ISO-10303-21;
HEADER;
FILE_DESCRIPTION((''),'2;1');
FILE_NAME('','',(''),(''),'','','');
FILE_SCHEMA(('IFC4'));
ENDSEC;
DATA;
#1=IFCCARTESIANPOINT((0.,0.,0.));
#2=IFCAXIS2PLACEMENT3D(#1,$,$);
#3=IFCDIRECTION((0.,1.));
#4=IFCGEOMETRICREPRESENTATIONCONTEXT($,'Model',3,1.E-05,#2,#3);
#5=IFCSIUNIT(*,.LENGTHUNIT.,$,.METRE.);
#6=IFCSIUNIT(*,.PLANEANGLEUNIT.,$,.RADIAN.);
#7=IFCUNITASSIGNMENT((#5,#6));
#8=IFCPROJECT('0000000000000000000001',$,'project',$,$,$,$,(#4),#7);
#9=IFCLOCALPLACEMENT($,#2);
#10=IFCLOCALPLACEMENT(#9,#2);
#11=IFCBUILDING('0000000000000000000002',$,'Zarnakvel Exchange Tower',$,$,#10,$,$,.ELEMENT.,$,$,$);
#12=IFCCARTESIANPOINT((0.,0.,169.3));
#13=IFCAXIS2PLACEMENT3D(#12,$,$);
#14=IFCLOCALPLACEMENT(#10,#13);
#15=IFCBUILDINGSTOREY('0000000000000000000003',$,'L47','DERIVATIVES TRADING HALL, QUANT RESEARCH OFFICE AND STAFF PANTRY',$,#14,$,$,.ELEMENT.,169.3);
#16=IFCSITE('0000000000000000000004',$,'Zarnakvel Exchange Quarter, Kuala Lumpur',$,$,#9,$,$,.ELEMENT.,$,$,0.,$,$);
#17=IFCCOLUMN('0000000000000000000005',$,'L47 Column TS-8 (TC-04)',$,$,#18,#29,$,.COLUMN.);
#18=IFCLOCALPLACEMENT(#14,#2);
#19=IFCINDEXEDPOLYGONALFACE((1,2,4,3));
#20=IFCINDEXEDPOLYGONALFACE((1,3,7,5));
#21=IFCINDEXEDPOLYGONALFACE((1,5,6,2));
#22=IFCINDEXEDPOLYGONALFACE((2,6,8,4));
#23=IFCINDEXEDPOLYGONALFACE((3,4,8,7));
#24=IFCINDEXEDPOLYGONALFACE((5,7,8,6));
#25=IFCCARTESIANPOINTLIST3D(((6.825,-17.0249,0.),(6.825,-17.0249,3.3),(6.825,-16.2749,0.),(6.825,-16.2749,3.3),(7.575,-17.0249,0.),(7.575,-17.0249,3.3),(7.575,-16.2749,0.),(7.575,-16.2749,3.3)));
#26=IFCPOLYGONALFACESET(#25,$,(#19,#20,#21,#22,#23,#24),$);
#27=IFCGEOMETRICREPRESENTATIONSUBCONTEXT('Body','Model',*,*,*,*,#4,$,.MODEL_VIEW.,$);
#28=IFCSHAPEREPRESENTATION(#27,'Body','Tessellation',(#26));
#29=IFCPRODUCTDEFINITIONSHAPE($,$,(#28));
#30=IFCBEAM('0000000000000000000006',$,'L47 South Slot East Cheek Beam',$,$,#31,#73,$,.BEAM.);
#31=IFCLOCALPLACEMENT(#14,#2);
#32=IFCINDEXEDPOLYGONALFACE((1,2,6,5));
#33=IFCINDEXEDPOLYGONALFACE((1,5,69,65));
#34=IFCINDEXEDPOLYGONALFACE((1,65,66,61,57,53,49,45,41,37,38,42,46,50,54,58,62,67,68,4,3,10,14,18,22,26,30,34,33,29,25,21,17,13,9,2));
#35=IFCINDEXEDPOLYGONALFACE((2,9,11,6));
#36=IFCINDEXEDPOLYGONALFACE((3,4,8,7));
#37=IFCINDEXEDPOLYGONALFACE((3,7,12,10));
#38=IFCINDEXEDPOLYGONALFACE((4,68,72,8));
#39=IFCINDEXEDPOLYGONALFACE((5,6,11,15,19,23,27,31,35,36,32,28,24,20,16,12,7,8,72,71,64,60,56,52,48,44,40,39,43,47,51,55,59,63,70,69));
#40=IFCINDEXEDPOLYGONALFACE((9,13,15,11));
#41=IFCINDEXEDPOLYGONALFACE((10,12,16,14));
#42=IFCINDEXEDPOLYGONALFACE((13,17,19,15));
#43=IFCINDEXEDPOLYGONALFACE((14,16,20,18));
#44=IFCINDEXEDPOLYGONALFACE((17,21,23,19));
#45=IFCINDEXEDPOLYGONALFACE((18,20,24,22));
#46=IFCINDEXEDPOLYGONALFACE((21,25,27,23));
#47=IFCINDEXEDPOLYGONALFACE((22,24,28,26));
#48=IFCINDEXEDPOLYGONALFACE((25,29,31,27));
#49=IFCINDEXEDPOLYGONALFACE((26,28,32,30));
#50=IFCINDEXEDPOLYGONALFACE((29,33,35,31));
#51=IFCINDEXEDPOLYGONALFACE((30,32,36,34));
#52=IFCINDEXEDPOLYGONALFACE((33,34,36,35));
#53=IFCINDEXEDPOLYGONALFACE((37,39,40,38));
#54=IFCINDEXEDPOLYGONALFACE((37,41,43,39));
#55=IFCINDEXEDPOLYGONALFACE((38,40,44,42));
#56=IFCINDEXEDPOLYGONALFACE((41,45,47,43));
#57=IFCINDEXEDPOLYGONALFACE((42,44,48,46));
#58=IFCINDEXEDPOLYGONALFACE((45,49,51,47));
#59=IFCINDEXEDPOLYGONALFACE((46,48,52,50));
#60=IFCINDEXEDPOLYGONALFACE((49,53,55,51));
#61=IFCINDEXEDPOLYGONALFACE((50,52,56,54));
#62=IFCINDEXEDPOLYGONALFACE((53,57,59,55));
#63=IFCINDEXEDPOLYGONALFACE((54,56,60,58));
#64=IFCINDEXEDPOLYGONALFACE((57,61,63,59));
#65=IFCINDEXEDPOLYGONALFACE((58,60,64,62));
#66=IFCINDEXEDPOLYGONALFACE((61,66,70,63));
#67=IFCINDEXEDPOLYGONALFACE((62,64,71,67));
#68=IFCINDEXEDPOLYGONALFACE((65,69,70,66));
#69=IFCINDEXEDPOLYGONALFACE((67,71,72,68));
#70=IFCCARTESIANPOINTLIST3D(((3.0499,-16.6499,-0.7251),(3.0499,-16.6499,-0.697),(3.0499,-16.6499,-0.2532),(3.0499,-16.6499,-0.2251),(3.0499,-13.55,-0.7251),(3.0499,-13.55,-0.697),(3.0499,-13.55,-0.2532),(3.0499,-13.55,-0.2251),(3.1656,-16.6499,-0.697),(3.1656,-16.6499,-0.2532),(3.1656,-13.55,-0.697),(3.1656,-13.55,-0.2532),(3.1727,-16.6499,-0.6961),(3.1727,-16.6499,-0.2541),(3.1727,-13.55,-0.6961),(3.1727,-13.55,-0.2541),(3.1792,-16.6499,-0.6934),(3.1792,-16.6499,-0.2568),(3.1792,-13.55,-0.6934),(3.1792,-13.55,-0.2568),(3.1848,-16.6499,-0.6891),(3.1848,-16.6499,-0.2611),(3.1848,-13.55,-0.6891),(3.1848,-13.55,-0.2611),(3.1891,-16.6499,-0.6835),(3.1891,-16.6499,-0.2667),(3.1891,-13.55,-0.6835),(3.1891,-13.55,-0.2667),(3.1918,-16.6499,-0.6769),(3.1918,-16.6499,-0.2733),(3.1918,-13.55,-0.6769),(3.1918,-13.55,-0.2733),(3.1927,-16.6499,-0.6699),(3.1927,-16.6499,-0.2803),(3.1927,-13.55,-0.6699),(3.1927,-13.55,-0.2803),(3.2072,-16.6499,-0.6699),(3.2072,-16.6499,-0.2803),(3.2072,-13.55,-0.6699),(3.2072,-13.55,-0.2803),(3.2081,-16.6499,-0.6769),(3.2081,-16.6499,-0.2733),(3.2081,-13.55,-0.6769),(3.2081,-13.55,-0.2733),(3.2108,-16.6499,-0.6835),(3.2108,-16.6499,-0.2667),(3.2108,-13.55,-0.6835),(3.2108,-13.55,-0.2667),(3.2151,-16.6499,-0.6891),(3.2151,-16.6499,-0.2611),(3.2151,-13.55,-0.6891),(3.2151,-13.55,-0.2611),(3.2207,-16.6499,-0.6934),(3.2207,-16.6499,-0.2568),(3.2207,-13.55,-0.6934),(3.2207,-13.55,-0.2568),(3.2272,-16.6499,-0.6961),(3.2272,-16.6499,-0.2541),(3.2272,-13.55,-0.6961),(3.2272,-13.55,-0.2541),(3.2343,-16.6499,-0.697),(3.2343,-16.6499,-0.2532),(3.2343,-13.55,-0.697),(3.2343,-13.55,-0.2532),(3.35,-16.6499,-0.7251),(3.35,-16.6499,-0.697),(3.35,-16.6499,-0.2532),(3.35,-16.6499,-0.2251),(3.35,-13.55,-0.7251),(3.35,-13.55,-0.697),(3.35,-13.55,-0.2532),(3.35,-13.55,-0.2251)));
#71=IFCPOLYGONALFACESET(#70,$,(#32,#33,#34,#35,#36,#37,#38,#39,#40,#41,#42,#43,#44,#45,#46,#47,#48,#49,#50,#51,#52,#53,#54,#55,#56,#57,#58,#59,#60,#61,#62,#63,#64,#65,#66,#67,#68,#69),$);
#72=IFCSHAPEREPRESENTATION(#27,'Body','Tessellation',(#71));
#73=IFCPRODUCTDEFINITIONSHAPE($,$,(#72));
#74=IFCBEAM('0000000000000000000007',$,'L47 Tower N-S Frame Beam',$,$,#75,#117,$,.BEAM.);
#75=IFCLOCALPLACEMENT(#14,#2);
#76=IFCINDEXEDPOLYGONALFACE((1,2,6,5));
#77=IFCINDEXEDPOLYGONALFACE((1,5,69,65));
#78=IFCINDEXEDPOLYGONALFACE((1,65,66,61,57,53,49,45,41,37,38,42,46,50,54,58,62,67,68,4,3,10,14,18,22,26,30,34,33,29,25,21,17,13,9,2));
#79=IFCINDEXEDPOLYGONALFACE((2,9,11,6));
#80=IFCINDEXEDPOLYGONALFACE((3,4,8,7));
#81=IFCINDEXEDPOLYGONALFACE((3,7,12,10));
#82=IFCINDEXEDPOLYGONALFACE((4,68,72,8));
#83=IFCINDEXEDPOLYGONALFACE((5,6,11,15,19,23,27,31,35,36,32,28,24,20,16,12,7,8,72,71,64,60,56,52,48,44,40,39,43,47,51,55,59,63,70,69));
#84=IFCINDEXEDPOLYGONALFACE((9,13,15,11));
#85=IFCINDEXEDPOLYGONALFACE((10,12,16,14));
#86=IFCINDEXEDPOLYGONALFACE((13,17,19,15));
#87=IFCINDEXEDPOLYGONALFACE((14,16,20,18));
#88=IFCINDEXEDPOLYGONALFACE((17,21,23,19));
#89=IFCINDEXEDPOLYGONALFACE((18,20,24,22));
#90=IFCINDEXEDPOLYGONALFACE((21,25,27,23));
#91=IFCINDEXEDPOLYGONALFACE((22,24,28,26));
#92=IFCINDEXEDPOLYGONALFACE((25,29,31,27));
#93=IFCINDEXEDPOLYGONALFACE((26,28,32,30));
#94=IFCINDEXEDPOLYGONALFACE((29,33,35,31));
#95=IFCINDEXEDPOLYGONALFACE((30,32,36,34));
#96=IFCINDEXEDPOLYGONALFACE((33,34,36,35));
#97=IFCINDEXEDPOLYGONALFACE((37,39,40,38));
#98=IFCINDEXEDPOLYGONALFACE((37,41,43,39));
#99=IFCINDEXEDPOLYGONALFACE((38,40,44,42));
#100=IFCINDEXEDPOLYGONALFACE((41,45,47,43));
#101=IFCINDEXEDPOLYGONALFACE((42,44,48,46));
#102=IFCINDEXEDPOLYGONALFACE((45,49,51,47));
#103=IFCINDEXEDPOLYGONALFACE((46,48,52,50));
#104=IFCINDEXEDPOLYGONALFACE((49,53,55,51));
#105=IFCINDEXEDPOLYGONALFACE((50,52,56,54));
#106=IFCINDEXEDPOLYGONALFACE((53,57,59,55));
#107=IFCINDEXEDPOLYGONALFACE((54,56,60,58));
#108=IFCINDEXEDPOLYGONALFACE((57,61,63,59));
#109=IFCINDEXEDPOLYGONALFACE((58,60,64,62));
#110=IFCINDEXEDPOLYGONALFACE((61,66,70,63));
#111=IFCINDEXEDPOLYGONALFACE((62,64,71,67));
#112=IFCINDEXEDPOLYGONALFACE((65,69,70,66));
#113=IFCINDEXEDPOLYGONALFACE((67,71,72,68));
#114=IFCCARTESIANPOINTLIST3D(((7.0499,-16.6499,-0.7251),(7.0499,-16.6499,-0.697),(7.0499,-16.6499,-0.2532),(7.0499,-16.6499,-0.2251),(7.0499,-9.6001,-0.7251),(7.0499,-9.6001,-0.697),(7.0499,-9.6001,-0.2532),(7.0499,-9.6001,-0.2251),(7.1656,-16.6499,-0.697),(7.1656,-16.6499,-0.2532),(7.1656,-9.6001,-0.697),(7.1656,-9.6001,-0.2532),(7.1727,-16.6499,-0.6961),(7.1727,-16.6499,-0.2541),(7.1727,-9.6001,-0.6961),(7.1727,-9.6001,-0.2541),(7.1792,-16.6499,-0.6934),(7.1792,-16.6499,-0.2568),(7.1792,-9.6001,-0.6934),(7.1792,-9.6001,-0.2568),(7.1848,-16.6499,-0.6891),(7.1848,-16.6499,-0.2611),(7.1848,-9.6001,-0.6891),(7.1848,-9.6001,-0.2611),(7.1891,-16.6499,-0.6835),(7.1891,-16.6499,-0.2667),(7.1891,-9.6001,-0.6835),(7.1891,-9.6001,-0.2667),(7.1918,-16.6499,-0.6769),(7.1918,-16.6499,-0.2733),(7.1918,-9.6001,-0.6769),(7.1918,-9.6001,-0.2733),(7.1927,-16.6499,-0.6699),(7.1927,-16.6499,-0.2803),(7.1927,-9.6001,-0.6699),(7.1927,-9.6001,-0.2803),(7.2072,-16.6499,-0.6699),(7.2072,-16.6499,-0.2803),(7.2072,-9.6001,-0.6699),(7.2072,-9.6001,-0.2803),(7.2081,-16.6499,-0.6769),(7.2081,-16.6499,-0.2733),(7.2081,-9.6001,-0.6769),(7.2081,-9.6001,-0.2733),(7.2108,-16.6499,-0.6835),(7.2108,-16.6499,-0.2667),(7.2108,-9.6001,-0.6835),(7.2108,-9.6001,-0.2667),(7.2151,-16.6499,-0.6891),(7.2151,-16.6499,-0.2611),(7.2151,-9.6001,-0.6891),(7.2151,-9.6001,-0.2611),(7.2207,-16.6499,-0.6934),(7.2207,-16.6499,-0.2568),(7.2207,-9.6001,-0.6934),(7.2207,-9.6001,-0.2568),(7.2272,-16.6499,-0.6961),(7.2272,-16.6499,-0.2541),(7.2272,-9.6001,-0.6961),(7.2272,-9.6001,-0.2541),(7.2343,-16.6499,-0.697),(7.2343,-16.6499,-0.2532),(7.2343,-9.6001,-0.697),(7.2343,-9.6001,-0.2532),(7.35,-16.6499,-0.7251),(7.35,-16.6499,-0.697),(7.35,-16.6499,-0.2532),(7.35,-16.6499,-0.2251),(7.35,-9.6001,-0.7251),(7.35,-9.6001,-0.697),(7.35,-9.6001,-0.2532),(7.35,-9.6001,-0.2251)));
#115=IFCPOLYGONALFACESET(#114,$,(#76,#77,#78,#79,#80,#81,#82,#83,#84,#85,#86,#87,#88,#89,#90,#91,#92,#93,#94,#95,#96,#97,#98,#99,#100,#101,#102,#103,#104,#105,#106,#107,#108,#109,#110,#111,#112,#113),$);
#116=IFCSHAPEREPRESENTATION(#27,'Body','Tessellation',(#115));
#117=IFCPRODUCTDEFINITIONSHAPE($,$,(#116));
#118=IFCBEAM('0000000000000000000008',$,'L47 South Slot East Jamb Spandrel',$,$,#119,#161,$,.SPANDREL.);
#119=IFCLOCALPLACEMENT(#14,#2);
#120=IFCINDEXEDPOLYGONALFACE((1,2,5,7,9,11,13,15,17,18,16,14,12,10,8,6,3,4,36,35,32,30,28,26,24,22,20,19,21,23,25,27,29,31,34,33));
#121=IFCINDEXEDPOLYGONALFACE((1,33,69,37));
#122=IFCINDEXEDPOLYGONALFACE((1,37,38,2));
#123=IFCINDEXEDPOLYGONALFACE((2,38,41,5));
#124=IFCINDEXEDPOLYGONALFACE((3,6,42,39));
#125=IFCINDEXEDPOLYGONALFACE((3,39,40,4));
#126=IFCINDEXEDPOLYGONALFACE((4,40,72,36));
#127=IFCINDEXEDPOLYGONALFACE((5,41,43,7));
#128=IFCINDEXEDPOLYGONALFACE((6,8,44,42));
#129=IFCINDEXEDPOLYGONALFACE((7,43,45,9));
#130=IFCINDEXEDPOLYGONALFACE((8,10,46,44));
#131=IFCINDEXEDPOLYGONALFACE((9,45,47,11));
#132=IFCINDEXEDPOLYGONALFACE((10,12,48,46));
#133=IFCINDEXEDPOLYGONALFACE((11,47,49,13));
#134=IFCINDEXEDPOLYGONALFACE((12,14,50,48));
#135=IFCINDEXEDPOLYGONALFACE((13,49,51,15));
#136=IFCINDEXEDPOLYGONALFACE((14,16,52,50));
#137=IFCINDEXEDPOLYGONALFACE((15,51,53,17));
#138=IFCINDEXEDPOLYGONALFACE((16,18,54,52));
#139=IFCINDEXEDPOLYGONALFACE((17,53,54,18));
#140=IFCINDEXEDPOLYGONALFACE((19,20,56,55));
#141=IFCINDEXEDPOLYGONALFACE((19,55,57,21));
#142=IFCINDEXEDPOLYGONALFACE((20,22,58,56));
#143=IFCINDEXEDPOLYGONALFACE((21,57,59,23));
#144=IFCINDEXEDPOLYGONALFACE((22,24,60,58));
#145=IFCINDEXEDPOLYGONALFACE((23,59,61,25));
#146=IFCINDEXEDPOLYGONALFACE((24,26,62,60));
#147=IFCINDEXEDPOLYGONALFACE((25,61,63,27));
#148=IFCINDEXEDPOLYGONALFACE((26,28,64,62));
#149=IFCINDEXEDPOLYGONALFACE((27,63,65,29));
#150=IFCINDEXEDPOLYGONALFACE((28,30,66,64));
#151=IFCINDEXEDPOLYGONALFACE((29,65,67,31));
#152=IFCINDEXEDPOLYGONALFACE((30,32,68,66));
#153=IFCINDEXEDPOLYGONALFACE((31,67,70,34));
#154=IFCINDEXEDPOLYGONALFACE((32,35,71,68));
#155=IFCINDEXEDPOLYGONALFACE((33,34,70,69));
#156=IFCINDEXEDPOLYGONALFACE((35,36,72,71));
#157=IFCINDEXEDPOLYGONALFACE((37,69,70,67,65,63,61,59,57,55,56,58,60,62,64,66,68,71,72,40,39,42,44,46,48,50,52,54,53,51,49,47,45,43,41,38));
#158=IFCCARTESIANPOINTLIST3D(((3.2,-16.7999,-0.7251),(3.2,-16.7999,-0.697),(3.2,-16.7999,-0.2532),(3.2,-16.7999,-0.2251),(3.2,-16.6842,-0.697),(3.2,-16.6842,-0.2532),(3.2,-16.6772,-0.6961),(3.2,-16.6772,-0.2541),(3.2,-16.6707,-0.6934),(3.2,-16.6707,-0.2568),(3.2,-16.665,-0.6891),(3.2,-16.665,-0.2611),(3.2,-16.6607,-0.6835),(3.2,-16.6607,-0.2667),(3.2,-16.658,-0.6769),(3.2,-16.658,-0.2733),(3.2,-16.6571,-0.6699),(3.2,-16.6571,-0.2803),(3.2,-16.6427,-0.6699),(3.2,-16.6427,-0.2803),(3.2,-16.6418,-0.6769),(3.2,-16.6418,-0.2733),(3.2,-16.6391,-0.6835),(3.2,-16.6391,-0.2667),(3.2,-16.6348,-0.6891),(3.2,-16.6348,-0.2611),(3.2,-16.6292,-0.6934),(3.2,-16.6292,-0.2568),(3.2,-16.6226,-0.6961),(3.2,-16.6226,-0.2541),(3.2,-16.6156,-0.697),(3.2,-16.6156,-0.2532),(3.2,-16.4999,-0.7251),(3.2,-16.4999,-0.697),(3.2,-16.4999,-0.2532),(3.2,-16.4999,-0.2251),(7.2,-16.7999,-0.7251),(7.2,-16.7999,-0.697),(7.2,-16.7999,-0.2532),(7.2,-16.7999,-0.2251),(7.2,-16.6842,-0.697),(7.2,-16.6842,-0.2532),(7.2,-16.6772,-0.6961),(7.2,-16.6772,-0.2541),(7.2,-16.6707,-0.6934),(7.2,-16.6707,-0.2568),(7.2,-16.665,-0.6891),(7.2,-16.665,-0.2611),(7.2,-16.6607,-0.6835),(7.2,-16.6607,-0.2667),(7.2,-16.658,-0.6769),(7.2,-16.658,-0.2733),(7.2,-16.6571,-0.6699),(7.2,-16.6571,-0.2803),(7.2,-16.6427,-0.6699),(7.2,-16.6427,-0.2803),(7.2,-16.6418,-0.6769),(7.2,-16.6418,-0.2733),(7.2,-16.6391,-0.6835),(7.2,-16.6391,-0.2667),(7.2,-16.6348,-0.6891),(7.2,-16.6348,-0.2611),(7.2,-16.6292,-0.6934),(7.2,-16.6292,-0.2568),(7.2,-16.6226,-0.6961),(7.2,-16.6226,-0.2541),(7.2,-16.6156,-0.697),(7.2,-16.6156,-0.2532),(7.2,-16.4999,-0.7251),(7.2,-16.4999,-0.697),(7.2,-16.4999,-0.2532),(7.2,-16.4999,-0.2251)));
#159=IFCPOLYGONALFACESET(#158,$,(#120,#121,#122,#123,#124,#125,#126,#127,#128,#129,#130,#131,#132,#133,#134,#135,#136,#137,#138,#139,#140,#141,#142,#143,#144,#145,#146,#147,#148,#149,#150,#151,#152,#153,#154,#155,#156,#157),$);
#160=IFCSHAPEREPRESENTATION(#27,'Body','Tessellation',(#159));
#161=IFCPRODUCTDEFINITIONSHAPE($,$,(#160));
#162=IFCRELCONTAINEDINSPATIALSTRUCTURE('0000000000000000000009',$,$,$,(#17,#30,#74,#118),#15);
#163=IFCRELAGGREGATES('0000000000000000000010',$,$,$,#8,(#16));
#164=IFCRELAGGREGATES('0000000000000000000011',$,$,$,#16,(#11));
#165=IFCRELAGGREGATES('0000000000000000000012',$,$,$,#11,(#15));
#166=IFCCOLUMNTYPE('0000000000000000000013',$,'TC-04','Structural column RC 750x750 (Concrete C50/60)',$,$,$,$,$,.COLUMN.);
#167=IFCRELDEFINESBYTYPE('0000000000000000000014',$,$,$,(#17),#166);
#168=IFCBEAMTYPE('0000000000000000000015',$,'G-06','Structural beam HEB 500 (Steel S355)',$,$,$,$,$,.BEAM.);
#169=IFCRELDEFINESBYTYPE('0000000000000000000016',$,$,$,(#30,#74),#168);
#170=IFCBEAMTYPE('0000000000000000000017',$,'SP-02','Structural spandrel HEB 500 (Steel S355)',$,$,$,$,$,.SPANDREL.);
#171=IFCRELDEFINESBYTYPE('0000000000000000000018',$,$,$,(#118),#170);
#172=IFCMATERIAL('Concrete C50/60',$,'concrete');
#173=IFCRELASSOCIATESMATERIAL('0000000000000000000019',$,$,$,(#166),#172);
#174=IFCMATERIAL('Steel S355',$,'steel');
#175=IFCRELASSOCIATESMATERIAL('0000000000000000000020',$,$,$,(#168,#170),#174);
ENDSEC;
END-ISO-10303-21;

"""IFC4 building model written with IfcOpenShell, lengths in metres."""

from ifc_helpers import new_model, si_unit, direction, frame, origin, origin_2d, place, context, subcontext, project, spatial, rectangle, i_section, extrude, material, material_profile, profile_set, type_object, element, save


model = new_model("IFC4")

# Units and contexts
model_context = context("Model", 3, precision=1e-05, world=origin(), true_north=direction((0.0, 1.0)))
body_context = subcontext(model_context, "Body", "Model", "MODEL_VIEW")
ifc_project = project(units=[si_unit("LENGTHUNIT", "METRE"), si_unit("PLANEANGLEUNIT", "RADIAN")], contexts=[model_context])

# Site, building, storey
site_placement = place(None, origin())
site = spatial("IfcSite", under=ifc_project, at=site_placement, Name="Zarnakvel Exchange Quarter, Kuala Lumpur", CompositionType="ELEMENT", RefElevation=0.0)
building_placement = place(site_placement, origin())
building = spatial("IfcBuilding", under=site, at=building_placement, Name="Zarnakvel Exchange Tower", CompositionType="ELEMENT")
storey_placement = place(building_placement, frame((0.0, 0.0, 169.3)))
storey = spatial("IfcBuildingStorey", under=building, at=storey_placement, Name="L47", Description="DERIVATIVES TRADING HALL, QUANT RESEARCH OFFICE AND STAFF PANTRY", CompositionType="ELEMENT", Elevation=169.3)

# Column
ifc_material_1 = material(Name="Concrete C50/60", Category="concrete")
ifc_material_profile_1 = material_profile(ifc_material_1, rectangle(XDim=0.75, YDim=0.75, at=origin_2d()))
ifc_profile_set_1 = profile_set([ifc_material_profile_1], Name="Concrete C50/60")
column_type = type_object("IfcColumnType", Name="TC-04", Description="Structural column RC 750x750 (Concrete C50/60)", PredefinedType="COLUMN", material=ifc_profile_set_1)
column_placement = place(storey_placement, frame((7.2, -16.6499, 0.0), z_axis=(0.0, 0.0, 1.0), x_axis=(1.0, 0.0, 0.0)))
element("IfcColumn", 1, at=column_placement, inside=storey, type_object=column_type, Name="L47 Column TS-8 (TC-04)", PredefinedType="COLUMN", context=body_context, shape_type="SweptSolid", body=[
    extrude(rectangle(XDim=0.75, YDim=0.75, at=origin_2d()), origin(), (0.0, 0.0, 1.0), 3.3),
])

# Beams
ifc_material_2 = material(Name="Steel S355", Category="steel")
ifc_material_profile_2 = material_profile(ifc_material_2, i_section(OverallWidth=0.3, OverallDepth=0.5, WebThickness=0.0144, FlangeThickness=0.0281, FilletRadius=0.0271, at=origin_2d()))
ifc_profile_set_2 = profile_set([ifc_material_profile_2], Name="Steel S355")
beam_type_1 = type_object("IfcBeamType", Name="G-06", Description="Structural beam HEB 500 (Steel S355)", PredefinedType="BEAM", material=ifc_profile_set_2)
beam_1_placement = place(storey_placement, frame((3.2, -16.6499, -0.4751), z_axis=(0.0, 1.0, 0.0), x_axis=(-1.0, 0.0, 0.0)))
element("IfcBeam", 2, at=beam_1_placement, inside=storey, type_object=beam_type_1, Name="L47 South Slot East Cheek Beam", PredefinedType="BEAM", context=body_context, shape_type="SweptSolid", body=[
    extrude(i_section(OverallWidth=0.3, OverallDepth=0.5, WebThickness=0.0144, FlangeThickness=0.0281, FilletRadius=0.0271, at=origin_2d()), origin(), (0.0, 0.0, 1.0), 3.0999),
])
beam_2_placement = place(storey_placement, frame((7.2, -16.6499, -0.4751), z_axis=(0.0, 1.0, 0.0), x_axis=(-1.0, 0.0, 0.0)))
element("IfcBeam", 3, at=beam_2_placement, inside=storey, type_object=beam_type_1, Name="L47 Tower N-S Frame Beam", PredefinedType="BEAM", context=body_context, shape_type="SweptSolid", body=[
    extrude(i_section(OverallWidth=0.3, OverallDepth=0.5, WebThickness=0.0144, FlangeThickness=0.0281, FilletRadius=0.0271, at=origin_2d()), origin(), (0.0, 0.0, 1.0), 7.0498),
])
ifc_material_profile_3 = material_profile(ifc_material_2, i_section(OverallWidth=0.3, OverallDepth=0.5, WebThickness=0.0144, FlangeThickness=0.0281, FilletRadius=0.0271, at=origin_2d()))
ifc_profile_set_3 = profile_set([ifc_material_profile_3], Name="Steel S355")
beam_type_2 = type_object("IfcBeamType", Name="SP-02", Description="Structural spandrel HEB 500 (Steel S355)", PredefinedType="SPANDREL", material=ifc_profile_set_3)
beam_3_placement = place(storey_placement, frame((3.2, -16.6499, -0.4751), z_axis=(1.0, 0.0, 0.0), x_axis=(0.0, 1.0, 0.0)))
element("IfcBeam", 4, at=beam_3_placement, inside=storey, type_object=beam_type_2, Name="L47 South Slot East Jamb Spandrel", PredefinedType="SPANDREL", context=body_context, shape_type="SweptSolid", body=[
    extrude(i_section(OverallWidth=0.3, OverallDepth=0.5, WebThickness=0.0144, FlangeThickness=0.0281, FilletRadius=0.0271, at=origin_2d()), origin(), (0.0, 0.0, 1.0), 4.0),
])

save(model, "model.ifc")
